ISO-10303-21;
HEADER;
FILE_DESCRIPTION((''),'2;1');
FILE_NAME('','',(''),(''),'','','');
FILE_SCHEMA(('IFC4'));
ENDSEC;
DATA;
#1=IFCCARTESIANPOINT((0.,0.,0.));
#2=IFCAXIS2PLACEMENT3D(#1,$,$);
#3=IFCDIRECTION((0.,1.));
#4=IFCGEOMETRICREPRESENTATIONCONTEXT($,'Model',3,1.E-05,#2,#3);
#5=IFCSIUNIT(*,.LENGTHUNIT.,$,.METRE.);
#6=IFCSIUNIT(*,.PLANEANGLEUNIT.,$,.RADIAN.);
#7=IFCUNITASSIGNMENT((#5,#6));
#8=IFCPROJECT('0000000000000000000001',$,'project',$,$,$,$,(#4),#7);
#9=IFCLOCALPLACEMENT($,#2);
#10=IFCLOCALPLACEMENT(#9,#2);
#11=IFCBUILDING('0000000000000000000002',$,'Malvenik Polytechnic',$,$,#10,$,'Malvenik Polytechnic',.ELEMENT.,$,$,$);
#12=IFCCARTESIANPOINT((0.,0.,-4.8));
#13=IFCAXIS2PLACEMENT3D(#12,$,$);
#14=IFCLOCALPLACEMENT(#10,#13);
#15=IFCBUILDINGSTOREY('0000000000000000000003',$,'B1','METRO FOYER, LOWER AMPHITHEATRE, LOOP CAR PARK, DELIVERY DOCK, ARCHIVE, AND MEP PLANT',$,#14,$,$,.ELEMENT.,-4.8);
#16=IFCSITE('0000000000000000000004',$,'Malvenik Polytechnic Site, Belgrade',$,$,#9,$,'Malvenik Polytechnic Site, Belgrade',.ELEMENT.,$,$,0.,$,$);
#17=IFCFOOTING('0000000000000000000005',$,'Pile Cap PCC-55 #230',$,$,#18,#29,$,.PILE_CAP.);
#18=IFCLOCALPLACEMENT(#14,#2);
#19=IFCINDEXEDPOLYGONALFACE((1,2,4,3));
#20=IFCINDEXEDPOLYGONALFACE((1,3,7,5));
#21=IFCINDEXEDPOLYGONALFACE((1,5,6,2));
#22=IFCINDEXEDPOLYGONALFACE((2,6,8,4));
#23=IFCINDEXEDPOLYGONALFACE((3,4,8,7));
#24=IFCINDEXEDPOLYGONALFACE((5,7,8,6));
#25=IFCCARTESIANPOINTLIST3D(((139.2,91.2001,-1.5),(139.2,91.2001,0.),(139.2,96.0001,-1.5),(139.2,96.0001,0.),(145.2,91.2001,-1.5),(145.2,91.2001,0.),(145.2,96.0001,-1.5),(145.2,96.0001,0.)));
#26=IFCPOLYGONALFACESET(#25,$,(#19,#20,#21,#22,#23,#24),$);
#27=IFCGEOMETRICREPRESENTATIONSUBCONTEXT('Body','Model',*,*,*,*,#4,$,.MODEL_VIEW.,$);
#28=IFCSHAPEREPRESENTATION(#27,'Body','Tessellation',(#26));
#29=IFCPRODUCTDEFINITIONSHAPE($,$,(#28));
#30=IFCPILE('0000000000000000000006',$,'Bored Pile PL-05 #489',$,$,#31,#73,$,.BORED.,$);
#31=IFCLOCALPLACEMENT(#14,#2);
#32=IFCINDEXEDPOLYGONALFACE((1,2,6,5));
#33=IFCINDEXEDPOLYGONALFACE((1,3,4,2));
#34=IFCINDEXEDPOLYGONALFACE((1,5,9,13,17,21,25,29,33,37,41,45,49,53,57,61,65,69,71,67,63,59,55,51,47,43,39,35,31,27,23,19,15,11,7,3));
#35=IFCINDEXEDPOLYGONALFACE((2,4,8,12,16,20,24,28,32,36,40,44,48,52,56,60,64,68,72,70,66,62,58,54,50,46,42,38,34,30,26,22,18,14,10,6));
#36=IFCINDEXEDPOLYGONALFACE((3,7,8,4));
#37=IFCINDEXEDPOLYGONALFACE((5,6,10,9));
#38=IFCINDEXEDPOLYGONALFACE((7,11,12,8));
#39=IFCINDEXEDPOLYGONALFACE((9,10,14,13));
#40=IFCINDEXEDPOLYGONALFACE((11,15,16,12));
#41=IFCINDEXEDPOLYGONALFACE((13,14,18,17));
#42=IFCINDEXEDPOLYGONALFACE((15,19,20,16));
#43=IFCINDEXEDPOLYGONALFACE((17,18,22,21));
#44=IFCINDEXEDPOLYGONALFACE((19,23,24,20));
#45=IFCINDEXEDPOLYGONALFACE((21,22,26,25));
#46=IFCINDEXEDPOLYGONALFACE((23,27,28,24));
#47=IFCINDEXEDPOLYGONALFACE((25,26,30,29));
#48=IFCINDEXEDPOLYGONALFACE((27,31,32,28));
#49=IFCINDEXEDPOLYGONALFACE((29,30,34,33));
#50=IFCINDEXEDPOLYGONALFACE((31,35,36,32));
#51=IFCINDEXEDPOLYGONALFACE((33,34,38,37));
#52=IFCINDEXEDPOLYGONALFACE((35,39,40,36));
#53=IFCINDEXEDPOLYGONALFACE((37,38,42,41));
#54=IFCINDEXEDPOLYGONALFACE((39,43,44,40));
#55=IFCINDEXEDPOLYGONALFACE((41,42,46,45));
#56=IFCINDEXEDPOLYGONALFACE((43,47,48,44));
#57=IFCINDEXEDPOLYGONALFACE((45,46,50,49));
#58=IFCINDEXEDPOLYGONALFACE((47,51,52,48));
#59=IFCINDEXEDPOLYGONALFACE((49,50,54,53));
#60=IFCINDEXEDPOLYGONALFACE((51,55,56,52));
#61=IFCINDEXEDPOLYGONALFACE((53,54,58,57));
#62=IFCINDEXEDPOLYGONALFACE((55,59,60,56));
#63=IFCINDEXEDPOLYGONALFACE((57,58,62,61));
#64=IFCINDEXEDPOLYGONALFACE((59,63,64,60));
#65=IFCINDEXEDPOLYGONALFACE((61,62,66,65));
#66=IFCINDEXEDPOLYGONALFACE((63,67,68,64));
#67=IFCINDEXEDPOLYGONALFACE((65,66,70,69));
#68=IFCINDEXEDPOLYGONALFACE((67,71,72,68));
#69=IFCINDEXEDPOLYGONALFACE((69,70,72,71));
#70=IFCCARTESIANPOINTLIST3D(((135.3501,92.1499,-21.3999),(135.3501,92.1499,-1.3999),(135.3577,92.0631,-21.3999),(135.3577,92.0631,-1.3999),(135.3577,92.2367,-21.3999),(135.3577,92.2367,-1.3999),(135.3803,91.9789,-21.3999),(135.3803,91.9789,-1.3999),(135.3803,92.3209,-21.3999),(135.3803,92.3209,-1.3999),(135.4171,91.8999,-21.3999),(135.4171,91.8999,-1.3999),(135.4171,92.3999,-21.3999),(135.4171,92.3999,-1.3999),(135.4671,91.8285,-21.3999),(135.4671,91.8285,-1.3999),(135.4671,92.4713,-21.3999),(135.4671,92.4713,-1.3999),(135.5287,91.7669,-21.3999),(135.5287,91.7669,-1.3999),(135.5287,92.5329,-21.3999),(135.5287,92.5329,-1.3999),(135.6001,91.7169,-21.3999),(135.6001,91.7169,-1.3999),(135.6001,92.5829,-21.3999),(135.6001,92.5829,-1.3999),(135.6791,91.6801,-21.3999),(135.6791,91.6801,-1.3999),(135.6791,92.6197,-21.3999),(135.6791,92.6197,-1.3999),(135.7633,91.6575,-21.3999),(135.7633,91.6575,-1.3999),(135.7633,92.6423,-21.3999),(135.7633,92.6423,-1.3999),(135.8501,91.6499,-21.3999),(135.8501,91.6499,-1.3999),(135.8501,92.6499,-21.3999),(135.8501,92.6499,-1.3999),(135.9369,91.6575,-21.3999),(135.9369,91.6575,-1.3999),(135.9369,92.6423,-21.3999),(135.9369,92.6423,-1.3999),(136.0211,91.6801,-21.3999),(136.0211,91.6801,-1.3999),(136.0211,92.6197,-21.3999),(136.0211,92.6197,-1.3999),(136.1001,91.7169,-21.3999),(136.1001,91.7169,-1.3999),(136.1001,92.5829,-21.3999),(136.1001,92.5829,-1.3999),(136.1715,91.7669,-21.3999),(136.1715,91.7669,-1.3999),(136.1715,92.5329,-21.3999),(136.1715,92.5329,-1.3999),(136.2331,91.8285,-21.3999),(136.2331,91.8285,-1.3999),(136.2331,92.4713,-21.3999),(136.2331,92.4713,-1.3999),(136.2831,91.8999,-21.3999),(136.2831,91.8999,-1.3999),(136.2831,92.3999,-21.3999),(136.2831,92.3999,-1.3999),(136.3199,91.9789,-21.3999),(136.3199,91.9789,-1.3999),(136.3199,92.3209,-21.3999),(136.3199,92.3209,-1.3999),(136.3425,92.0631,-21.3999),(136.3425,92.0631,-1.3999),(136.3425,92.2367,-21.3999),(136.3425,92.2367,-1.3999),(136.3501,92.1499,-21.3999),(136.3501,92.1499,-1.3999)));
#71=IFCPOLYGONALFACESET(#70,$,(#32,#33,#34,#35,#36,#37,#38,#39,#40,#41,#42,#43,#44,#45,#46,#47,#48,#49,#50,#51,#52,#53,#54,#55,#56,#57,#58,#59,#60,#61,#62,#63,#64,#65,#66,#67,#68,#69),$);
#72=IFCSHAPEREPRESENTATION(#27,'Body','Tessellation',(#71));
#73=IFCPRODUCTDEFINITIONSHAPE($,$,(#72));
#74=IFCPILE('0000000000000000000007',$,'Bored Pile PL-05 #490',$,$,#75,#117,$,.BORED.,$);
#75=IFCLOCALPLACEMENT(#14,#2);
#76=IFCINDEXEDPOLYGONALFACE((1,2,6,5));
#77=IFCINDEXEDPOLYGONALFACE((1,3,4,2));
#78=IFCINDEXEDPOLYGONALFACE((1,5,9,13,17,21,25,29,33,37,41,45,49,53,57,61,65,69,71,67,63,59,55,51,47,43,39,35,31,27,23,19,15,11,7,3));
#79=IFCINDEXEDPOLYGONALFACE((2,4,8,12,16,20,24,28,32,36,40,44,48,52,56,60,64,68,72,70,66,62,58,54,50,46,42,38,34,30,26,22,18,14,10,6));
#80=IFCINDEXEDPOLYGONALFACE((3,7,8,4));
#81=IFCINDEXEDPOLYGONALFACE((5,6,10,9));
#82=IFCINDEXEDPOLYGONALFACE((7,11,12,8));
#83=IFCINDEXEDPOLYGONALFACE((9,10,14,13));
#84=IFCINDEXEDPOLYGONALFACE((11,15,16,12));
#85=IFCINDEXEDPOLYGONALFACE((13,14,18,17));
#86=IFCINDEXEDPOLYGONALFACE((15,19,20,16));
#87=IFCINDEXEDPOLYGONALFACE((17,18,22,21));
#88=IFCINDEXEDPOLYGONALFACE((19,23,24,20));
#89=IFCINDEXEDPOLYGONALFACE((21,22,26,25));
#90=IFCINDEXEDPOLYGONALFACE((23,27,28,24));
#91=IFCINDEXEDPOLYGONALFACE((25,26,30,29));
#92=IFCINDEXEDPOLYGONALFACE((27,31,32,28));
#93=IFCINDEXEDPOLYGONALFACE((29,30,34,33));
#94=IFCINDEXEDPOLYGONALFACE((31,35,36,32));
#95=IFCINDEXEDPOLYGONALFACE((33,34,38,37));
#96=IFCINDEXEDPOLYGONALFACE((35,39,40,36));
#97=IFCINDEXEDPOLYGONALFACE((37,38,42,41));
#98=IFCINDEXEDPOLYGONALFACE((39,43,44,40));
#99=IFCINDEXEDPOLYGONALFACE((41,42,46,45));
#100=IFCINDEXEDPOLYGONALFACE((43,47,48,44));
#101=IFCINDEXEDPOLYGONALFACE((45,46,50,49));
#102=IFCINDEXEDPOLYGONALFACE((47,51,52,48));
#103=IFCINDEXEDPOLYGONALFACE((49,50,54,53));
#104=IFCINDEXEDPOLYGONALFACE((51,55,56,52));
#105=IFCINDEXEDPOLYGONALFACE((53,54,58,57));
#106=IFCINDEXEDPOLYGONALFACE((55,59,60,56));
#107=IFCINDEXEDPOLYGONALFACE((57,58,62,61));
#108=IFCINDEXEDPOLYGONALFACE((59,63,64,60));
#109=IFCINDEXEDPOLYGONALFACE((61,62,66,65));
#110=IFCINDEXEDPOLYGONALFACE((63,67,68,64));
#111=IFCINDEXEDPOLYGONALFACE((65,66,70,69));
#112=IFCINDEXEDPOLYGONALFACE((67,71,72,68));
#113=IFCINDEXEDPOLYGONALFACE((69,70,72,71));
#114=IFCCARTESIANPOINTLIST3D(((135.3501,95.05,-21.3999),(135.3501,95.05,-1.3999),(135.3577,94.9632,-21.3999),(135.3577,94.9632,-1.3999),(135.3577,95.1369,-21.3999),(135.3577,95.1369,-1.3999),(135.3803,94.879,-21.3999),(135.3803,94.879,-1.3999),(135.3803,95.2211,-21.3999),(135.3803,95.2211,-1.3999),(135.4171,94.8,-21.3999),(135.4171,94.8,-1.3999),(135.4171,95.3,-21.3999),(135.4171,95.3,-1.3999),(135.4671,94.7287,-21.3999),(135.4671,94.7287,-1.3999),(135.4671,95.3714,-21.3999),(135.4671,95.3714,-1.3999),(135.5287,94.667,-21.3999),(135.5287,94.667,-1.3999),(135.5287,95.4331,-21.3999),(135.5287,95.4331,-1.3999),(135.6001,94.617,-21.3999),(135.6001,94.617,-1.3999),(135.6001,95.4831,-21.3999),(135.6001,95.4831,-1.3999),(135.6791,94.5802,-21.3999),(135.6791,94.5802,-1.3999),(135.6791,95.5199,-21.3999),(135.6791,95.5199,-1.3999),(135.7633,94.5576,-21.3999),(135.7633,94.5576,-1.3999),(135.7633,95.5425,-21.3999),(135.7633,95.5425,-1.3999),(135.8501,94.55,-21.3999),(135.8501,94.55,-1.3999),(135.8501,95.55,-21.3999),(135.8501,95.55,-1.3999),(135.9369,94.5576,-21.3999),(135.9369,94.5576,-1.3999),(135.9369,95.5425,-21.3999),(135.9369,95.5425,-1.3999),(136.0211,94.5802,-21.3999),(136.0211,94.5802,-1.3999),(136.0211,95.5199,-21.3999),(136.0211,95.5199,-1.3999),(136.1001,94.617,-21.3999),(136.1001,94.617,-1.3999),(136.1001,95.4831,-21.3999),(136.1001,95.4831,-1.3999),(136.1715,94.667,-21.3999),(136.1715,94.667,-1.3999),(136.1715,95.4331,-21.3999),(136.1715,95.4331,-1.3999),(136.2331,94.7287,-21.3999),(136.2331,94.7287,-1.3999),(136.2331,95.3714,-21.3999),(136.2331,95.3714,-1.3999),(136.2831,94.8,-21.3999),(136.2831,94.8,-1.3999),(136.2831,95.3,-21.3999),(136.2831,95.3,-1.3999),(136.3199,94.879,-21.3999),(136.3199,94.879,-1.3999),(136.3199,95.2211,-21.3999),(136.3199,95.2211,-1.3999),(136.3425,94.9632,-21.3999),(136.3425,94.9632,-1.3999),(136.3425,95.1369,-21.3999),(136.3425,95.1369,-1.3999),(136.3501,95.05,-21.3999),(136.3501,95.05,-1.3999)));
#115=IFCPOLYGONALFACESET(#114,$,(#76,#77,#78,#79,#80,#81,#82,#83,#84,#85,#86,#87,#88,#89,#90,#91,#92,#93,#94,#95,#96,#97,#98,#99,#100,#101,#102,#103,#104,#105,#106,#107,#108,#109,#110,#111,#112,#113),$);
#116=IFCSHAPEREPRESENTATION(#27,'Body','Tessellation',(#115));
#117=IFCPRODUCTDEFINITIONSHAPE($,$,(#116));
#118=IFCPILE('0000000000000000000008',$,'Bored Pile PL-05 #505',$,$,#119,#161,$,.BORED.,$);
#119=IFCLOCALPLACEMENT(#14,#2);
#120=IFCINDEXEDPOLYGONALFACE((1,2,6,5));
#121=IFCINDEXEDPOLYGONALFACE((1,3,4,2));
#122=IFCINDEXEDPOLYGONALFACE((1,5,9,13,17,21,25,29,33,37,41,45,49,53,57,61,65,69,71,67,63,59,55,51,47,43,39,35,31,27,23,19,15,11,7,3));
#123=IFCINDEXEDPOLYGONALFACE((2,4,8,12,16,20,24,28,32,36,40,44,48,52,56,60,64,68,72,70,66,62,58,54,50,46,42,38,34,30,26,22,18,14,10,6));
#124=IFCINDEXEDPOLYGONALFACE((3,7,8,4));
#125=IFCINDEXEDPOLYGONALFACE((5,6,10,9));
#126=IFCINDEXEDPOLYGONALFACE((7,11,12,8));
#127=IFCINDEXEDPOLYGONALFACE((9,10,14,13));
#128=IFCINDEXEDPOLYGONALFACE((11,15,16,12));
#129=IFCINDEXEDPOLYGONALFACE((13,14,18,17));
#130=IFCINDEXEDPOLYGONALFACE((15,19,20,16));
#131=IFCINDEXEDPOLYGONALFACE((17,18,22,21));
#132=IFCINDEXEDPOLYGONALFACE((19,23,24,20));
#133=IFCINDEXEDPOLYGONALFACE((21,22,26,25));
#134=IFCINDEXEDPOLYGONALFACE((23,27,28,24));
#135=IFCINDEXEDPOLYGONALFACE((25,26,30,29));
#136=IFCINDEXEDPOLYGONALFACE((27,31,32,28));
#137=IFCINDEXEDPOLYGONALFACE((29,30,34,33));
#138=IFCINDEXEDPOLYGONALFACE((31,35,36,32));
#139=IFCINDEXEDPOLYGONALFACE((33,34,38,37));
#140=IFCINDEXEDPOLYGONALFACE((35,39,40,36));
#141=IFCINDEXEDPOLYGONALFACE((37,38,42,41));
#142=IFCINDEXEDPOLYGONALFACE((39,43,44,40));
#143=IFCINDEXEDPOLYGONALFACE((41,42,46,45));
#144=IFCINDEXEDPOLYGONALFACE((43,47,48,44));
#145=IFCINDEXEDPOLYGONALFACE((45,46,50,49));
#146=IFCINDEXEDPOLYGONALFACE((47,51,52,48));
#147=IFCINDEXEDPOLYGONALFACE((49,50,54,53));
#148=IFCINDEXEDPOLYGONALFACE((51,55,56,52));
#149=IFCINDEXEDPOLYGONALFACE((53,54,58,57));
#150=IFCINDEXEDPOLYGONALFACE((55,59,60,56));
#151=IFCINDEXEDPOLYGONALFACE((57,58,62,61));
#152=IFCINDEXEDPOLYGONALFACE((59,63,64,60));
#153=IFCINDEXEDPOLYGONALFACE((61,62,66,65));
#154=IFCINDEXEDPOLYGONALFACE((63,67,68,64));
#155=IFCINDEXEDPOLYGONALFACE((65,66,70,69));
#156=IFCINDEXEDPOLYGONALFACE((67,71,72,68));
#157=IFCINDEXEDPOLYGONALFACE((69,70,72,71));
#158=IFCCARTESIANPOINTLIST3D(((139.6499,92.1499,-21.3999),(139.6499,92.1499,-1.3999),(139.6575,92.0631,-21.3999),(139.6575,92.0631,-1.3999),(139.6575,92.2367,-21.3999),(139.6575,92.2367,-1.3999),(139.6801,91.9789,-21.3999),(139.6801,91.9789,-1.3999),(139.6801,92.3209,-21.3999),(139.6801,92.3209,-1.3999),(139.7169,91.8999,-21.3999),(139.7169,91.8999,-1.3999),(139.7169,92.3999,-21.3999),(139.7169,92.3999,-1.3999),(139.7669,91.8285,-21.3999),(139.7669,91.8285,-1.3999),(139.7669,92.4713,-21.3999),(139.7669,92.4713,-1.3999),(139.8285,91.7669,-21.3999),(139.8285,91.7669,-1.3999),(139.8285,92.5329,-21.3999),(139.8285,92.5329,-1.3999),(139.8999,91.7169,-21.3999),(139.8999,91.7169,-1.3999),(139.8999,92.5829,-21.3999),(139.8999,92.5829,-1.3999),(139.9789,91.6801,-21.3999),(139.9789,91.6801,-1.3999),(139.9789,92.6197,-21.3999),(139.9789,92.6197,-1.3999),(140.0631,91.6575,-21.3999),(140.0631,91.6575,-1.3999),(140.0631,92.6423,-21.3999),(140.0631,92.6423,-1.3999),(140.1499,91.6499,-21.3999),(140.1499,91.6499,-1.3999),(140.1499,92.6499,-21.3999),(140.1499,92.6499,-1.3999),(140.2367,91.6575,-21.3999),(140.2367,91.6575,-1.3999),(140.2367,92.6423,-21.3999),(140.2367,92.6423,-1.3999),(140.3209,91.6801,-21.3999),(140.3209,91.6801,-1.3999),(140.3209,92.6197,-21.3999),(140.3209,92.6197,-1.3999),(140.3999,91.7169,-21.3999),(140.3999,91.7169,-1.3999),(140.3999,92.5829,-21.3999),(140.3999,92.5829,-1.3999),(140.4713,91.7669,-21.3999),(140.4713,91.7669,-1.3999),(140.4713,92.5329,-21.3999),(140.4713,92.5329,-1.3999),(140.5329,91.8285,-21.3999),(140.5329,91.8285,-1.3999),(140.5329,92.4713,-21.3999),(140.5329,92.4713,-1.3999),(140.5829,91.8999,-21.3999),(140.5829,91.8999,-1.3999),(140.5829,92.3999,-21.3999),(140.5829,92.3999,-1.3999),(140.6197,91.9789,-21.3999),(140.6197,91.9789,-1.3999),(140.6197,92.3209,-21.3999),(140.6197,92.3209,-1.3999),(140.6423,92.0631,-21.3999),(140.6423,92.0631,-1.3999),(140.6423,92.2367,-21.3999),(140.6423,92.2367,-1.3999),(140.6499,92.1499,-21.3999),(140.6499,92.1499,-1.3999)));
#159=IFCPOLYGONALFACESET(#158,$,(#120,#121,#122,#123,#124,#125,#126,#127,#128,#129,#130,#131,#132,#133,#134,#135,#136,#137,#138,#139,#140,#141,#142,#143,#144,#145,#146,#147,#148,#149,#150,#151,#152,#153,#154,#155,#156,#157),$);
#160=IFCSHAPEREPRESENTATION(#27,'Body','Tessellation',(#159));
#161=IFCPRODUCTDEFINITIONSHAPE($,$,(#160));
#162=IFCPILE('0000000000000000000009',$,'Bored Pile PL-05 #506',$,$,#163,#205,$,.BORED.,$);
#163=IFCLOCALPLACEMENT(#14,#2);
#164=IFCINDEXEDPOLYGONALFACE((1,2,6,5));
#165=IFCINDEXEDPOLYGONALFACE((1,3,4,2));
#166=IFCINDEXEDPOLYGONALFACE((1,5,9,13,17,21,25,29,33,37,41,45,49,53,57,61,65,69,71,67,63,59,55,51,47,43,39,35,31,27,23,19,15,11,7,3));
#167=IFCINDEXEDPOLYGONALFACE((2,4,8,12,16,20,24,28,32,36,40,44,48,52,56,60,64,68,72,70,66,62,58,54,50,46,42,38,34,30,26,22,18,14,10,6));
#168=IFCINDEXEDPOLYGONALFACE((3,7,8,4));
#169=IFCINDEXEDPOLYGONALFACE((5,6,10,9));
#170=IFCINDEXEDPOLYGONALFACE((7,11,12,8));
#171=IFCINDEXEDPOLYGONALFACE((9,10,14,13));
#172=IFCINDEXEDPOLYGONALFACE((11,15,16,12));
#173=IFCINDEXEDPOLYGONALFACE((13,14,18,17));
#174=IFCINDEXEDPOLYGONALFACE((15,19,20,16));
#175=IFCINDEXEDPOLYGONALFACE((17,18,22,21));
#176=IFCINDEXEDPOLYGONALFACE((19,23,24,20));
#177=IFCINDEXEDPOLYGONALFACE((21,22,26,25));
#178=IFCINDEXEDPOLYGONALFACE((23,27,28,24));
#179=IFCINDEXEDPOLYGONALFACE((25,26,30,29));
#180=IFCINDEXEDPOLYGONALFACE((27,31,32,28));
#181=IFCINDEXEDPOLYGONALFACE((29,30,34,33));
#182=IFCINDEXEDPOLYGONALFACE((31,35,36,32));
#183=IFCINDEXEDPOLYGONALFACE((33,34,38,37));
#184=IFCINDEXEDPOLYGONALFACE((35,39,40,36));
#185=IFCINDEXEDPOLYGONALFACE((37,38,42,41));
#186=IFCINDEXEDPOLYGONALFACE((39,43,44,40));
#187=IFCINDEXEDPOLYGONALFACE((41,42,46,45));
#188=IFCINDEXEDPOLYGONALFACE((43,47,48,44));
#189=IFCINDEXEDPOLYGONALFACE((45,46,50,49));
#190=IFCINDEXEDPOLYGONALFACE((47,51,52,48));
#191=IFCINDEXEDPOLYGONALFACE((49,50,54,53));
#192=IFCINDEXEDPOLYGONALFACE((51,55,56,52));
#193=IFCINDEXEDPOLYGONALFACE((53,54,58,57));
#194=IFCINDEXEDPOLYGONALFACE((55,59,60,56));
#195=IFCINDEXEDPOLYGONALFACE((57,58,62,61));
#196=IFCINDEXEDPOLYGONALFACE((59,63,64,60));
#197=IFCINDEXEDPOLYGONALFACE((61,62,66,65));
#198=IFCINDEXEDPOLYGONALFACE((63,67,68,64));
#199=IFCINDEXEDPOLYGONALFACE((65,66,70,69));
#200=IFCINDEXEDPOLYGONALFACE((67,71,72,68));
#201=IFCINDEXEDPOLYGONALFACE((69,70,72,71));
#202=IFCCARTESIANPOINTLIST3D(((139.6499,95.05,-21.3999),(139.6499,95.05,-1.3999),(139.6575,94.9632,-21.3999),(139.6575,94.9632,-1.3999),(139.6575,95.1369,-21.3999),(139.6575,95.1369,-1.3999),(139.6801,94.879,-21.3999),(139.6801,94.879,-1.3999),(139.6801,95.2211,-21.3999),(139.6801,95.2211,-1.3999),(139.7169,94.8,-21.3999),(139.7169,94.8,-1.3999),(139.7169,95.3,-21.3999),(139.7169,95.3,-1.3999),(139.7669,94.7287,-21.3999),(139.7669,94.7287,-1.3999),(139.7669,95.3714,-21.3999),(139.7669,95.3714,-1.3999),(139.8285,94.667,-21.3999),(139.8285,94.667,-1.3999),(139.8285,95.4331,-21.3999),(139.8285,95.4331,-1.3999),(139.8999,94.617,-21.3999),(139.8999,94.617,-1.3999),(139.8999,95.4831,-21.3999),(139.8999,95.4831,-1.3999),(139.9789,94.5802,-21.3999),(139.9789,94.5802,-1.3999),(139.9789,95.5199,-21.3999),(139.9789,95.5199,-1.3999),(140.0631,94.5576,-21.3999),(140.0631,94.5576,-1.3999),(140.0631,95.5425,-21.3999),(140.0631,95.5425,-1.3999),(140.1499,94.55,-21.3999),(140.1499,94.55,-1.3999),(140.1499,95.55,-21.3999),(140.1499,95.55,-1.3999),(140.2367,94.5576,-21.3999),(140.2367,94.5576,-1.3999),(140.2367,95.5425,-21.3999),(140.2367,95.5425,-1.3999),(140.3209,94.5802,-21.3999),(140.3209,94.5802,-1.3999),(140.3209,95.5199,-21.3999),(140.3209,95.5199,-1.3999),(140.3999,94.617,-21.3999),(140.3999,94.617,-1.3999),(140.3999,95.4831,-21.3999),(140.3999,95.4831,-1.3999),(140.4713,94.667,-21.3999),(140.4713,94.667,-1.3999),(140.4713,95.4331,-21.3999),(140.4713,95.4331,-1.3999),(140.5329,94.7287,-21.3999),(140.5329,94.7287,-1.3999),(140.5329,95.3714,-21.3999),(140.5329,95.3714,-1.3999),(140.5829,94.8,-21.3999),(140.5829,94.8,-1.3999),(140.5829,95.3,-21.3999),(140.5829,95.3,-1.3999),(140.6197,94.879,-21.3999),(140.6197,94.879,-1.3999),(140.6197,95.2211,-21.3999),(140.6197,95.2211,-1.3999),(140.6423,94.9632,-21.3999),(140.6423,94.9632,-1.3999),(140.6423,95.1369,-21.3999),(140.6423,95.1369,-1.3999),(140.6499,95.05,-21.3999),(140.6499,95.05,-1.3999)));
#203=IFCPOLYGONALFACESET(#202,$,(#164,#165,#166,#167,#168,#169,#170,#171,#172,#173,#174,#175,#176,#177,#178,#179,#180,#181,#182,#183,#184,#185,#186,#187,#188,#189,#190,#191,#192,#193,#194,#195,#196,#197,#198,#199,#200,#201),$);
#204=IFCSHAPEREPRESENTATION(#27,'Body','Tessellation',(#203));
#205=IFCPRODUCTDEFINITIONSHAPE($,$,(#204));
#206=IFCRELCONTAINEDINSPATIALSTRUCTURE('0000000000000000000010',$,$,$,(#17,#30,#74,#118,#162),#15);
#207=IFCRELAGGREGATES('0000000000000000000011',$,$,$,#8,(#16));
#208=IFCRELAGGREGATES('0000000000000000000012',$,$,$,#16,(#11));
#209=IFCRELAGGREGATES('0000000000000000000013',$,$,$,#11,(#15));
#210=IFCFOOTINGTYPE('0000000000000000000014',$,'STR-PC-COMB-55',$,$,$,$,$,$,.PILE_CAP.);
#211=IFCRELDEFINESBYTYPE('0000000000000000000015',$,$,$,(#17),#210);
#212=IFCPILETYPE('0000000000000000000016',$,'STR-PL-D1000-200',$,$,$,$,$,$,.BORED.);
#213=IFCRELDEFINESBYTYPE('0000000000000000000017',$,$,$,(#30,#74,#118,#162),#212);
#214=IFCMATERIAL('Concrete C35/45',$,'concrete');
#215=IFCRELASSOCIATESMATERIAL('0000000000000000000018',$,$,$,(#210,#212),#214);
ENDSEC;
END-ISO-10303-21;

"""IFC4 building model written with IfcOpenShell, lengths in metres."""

from ifc_helpers import new_model, si_unit, direction, frame, origin, origin_2d, place, context, subcontext, project, spatial, rectangle, circle, extrude, material, material_profile, profile_set, type_object, element, save


model = new_model("IFC4")

# Units and contexts
model_context = context("Model", 3, precision=1e-05, world=origin(), true_north=direction((0.0, 1.0)))
body_context = subcontext(model_context, "Body", "Model", "MODEL_VIEW")
ifc_project = project(units=[si_unit("LENGTHUNIT", "METRE"), si_unit("PLANEANGLEUNIT", "RADIAN")], contexts=[model_context])

# Site, building, storey
site_placement = place(None, origin())
site = spatial("IfcSite", under=ifc_project, at=site_placement, Name="Malvenik Polytechnic Site, Belgrade", LongName="Malvenik Polytechnic Site, Belgrade", CompositionType="ELEMENT", RefElevation=0.0)
building_placement = place(site_placement, origin())
building = spatial("IfcBuilding", under=site, at=building_placement, Name="Malvenik Polytechnic", LongName="Malvenik Polytechnic", CompositionType="ELEMENT")
storey_placement = place(building_placement, frame((0.0, 0.0, -4.8)))
storey = spatial("IfcBuildingStorey", under=building, at=storey_placement, Name="B1", Description="METRO FOYER, LOWER AMPHITHEATRE, LOOP CAR PARK, DELIVERY DOCK, ARCHIVE, AND MEP PLANT", CompositionType="ELEMENT", Elevation=-4.8)

# Footing
ifc_material_1 = material(Name="Concrete C35/45", Category="concrete")
footing_type = type_object("IfcFootingType", Name="STR-PC-COMB-55", PredefinedType="PILE_CAP", material=ifc_material_1)
footing_placement = place(storey_placement, frame((142.2, 93.6001, -1.5), z_axis=(0.0, 0.0, 1.0), x_axis=(1.0, 0.0, 0.0)))
element("IfcFooting", 1, at=footing_placement, inside=storey, type_object=footing_type, Name="Pile Cap PCC-55 #230", PredefinedType="PILE_CAP", context=body_context, shape_type="SweptSolid", body=[
    extrude(rectangle(XDim=6.0, YDim=4.8, at=origin_2d()), origin(), (0.0, 0.0, 1.0), 1.5),
])

# Piles
ifc_material_profile_1 = material_profile(ifc_material_1, circle(Radius=0.5, at=origin_2d()), Name="BORED PILE D1000")
ifc_profile_set_1 = profile_set([ifc_material_profile_1], Name="Concrete C35/45")
pile_type_1 = type_object("IfcPileType", Name="STR-PL-D1000-200", PredefinedType="BORED", material=ifc_profile_set_1)
for number, where, z_axis, x_axis, name in (
    (2, (135.8501, 92.1499, -1.3999), (0.0, 0.0, -1.0), (1.0, 0.0, 0.0), "Bored Pile PL-05 #489"),
    (3, (135.8501, 95.05, -1.3999), (0.0, 0.0, -1.0), (1.0, 0.0, 0.0), "Bored Pile PL-05 #490"),
    (4, (140.1499, 92.1499, -1.3999), (0.0, 0.0, -1.0), (1.0, 0.0, 0.0), "Bored Pile PL-05 #505"),
    (5, (140.1499, 95.05, -1.3999), (0.0, 0.0, -1.0), (1.0, 0.0, 0.0), "Bored Pile PL-05 #506"),
):
    element("IfcPile", number, at=place(storey_placement, frame(where, z_axis=z_axis, x_axis=x_axis)), inside=storey, type_object=pile_type_1, Name=name, PredefinedType="BORED", context=body_context, shape_type="SweptSolid", body=[
        extrude(circle(Radius=0.5, at=origin_2d()), origin(), (0.0, 0.0, 1.0), 20.0),
    ])

save(model, "model.ifc")
